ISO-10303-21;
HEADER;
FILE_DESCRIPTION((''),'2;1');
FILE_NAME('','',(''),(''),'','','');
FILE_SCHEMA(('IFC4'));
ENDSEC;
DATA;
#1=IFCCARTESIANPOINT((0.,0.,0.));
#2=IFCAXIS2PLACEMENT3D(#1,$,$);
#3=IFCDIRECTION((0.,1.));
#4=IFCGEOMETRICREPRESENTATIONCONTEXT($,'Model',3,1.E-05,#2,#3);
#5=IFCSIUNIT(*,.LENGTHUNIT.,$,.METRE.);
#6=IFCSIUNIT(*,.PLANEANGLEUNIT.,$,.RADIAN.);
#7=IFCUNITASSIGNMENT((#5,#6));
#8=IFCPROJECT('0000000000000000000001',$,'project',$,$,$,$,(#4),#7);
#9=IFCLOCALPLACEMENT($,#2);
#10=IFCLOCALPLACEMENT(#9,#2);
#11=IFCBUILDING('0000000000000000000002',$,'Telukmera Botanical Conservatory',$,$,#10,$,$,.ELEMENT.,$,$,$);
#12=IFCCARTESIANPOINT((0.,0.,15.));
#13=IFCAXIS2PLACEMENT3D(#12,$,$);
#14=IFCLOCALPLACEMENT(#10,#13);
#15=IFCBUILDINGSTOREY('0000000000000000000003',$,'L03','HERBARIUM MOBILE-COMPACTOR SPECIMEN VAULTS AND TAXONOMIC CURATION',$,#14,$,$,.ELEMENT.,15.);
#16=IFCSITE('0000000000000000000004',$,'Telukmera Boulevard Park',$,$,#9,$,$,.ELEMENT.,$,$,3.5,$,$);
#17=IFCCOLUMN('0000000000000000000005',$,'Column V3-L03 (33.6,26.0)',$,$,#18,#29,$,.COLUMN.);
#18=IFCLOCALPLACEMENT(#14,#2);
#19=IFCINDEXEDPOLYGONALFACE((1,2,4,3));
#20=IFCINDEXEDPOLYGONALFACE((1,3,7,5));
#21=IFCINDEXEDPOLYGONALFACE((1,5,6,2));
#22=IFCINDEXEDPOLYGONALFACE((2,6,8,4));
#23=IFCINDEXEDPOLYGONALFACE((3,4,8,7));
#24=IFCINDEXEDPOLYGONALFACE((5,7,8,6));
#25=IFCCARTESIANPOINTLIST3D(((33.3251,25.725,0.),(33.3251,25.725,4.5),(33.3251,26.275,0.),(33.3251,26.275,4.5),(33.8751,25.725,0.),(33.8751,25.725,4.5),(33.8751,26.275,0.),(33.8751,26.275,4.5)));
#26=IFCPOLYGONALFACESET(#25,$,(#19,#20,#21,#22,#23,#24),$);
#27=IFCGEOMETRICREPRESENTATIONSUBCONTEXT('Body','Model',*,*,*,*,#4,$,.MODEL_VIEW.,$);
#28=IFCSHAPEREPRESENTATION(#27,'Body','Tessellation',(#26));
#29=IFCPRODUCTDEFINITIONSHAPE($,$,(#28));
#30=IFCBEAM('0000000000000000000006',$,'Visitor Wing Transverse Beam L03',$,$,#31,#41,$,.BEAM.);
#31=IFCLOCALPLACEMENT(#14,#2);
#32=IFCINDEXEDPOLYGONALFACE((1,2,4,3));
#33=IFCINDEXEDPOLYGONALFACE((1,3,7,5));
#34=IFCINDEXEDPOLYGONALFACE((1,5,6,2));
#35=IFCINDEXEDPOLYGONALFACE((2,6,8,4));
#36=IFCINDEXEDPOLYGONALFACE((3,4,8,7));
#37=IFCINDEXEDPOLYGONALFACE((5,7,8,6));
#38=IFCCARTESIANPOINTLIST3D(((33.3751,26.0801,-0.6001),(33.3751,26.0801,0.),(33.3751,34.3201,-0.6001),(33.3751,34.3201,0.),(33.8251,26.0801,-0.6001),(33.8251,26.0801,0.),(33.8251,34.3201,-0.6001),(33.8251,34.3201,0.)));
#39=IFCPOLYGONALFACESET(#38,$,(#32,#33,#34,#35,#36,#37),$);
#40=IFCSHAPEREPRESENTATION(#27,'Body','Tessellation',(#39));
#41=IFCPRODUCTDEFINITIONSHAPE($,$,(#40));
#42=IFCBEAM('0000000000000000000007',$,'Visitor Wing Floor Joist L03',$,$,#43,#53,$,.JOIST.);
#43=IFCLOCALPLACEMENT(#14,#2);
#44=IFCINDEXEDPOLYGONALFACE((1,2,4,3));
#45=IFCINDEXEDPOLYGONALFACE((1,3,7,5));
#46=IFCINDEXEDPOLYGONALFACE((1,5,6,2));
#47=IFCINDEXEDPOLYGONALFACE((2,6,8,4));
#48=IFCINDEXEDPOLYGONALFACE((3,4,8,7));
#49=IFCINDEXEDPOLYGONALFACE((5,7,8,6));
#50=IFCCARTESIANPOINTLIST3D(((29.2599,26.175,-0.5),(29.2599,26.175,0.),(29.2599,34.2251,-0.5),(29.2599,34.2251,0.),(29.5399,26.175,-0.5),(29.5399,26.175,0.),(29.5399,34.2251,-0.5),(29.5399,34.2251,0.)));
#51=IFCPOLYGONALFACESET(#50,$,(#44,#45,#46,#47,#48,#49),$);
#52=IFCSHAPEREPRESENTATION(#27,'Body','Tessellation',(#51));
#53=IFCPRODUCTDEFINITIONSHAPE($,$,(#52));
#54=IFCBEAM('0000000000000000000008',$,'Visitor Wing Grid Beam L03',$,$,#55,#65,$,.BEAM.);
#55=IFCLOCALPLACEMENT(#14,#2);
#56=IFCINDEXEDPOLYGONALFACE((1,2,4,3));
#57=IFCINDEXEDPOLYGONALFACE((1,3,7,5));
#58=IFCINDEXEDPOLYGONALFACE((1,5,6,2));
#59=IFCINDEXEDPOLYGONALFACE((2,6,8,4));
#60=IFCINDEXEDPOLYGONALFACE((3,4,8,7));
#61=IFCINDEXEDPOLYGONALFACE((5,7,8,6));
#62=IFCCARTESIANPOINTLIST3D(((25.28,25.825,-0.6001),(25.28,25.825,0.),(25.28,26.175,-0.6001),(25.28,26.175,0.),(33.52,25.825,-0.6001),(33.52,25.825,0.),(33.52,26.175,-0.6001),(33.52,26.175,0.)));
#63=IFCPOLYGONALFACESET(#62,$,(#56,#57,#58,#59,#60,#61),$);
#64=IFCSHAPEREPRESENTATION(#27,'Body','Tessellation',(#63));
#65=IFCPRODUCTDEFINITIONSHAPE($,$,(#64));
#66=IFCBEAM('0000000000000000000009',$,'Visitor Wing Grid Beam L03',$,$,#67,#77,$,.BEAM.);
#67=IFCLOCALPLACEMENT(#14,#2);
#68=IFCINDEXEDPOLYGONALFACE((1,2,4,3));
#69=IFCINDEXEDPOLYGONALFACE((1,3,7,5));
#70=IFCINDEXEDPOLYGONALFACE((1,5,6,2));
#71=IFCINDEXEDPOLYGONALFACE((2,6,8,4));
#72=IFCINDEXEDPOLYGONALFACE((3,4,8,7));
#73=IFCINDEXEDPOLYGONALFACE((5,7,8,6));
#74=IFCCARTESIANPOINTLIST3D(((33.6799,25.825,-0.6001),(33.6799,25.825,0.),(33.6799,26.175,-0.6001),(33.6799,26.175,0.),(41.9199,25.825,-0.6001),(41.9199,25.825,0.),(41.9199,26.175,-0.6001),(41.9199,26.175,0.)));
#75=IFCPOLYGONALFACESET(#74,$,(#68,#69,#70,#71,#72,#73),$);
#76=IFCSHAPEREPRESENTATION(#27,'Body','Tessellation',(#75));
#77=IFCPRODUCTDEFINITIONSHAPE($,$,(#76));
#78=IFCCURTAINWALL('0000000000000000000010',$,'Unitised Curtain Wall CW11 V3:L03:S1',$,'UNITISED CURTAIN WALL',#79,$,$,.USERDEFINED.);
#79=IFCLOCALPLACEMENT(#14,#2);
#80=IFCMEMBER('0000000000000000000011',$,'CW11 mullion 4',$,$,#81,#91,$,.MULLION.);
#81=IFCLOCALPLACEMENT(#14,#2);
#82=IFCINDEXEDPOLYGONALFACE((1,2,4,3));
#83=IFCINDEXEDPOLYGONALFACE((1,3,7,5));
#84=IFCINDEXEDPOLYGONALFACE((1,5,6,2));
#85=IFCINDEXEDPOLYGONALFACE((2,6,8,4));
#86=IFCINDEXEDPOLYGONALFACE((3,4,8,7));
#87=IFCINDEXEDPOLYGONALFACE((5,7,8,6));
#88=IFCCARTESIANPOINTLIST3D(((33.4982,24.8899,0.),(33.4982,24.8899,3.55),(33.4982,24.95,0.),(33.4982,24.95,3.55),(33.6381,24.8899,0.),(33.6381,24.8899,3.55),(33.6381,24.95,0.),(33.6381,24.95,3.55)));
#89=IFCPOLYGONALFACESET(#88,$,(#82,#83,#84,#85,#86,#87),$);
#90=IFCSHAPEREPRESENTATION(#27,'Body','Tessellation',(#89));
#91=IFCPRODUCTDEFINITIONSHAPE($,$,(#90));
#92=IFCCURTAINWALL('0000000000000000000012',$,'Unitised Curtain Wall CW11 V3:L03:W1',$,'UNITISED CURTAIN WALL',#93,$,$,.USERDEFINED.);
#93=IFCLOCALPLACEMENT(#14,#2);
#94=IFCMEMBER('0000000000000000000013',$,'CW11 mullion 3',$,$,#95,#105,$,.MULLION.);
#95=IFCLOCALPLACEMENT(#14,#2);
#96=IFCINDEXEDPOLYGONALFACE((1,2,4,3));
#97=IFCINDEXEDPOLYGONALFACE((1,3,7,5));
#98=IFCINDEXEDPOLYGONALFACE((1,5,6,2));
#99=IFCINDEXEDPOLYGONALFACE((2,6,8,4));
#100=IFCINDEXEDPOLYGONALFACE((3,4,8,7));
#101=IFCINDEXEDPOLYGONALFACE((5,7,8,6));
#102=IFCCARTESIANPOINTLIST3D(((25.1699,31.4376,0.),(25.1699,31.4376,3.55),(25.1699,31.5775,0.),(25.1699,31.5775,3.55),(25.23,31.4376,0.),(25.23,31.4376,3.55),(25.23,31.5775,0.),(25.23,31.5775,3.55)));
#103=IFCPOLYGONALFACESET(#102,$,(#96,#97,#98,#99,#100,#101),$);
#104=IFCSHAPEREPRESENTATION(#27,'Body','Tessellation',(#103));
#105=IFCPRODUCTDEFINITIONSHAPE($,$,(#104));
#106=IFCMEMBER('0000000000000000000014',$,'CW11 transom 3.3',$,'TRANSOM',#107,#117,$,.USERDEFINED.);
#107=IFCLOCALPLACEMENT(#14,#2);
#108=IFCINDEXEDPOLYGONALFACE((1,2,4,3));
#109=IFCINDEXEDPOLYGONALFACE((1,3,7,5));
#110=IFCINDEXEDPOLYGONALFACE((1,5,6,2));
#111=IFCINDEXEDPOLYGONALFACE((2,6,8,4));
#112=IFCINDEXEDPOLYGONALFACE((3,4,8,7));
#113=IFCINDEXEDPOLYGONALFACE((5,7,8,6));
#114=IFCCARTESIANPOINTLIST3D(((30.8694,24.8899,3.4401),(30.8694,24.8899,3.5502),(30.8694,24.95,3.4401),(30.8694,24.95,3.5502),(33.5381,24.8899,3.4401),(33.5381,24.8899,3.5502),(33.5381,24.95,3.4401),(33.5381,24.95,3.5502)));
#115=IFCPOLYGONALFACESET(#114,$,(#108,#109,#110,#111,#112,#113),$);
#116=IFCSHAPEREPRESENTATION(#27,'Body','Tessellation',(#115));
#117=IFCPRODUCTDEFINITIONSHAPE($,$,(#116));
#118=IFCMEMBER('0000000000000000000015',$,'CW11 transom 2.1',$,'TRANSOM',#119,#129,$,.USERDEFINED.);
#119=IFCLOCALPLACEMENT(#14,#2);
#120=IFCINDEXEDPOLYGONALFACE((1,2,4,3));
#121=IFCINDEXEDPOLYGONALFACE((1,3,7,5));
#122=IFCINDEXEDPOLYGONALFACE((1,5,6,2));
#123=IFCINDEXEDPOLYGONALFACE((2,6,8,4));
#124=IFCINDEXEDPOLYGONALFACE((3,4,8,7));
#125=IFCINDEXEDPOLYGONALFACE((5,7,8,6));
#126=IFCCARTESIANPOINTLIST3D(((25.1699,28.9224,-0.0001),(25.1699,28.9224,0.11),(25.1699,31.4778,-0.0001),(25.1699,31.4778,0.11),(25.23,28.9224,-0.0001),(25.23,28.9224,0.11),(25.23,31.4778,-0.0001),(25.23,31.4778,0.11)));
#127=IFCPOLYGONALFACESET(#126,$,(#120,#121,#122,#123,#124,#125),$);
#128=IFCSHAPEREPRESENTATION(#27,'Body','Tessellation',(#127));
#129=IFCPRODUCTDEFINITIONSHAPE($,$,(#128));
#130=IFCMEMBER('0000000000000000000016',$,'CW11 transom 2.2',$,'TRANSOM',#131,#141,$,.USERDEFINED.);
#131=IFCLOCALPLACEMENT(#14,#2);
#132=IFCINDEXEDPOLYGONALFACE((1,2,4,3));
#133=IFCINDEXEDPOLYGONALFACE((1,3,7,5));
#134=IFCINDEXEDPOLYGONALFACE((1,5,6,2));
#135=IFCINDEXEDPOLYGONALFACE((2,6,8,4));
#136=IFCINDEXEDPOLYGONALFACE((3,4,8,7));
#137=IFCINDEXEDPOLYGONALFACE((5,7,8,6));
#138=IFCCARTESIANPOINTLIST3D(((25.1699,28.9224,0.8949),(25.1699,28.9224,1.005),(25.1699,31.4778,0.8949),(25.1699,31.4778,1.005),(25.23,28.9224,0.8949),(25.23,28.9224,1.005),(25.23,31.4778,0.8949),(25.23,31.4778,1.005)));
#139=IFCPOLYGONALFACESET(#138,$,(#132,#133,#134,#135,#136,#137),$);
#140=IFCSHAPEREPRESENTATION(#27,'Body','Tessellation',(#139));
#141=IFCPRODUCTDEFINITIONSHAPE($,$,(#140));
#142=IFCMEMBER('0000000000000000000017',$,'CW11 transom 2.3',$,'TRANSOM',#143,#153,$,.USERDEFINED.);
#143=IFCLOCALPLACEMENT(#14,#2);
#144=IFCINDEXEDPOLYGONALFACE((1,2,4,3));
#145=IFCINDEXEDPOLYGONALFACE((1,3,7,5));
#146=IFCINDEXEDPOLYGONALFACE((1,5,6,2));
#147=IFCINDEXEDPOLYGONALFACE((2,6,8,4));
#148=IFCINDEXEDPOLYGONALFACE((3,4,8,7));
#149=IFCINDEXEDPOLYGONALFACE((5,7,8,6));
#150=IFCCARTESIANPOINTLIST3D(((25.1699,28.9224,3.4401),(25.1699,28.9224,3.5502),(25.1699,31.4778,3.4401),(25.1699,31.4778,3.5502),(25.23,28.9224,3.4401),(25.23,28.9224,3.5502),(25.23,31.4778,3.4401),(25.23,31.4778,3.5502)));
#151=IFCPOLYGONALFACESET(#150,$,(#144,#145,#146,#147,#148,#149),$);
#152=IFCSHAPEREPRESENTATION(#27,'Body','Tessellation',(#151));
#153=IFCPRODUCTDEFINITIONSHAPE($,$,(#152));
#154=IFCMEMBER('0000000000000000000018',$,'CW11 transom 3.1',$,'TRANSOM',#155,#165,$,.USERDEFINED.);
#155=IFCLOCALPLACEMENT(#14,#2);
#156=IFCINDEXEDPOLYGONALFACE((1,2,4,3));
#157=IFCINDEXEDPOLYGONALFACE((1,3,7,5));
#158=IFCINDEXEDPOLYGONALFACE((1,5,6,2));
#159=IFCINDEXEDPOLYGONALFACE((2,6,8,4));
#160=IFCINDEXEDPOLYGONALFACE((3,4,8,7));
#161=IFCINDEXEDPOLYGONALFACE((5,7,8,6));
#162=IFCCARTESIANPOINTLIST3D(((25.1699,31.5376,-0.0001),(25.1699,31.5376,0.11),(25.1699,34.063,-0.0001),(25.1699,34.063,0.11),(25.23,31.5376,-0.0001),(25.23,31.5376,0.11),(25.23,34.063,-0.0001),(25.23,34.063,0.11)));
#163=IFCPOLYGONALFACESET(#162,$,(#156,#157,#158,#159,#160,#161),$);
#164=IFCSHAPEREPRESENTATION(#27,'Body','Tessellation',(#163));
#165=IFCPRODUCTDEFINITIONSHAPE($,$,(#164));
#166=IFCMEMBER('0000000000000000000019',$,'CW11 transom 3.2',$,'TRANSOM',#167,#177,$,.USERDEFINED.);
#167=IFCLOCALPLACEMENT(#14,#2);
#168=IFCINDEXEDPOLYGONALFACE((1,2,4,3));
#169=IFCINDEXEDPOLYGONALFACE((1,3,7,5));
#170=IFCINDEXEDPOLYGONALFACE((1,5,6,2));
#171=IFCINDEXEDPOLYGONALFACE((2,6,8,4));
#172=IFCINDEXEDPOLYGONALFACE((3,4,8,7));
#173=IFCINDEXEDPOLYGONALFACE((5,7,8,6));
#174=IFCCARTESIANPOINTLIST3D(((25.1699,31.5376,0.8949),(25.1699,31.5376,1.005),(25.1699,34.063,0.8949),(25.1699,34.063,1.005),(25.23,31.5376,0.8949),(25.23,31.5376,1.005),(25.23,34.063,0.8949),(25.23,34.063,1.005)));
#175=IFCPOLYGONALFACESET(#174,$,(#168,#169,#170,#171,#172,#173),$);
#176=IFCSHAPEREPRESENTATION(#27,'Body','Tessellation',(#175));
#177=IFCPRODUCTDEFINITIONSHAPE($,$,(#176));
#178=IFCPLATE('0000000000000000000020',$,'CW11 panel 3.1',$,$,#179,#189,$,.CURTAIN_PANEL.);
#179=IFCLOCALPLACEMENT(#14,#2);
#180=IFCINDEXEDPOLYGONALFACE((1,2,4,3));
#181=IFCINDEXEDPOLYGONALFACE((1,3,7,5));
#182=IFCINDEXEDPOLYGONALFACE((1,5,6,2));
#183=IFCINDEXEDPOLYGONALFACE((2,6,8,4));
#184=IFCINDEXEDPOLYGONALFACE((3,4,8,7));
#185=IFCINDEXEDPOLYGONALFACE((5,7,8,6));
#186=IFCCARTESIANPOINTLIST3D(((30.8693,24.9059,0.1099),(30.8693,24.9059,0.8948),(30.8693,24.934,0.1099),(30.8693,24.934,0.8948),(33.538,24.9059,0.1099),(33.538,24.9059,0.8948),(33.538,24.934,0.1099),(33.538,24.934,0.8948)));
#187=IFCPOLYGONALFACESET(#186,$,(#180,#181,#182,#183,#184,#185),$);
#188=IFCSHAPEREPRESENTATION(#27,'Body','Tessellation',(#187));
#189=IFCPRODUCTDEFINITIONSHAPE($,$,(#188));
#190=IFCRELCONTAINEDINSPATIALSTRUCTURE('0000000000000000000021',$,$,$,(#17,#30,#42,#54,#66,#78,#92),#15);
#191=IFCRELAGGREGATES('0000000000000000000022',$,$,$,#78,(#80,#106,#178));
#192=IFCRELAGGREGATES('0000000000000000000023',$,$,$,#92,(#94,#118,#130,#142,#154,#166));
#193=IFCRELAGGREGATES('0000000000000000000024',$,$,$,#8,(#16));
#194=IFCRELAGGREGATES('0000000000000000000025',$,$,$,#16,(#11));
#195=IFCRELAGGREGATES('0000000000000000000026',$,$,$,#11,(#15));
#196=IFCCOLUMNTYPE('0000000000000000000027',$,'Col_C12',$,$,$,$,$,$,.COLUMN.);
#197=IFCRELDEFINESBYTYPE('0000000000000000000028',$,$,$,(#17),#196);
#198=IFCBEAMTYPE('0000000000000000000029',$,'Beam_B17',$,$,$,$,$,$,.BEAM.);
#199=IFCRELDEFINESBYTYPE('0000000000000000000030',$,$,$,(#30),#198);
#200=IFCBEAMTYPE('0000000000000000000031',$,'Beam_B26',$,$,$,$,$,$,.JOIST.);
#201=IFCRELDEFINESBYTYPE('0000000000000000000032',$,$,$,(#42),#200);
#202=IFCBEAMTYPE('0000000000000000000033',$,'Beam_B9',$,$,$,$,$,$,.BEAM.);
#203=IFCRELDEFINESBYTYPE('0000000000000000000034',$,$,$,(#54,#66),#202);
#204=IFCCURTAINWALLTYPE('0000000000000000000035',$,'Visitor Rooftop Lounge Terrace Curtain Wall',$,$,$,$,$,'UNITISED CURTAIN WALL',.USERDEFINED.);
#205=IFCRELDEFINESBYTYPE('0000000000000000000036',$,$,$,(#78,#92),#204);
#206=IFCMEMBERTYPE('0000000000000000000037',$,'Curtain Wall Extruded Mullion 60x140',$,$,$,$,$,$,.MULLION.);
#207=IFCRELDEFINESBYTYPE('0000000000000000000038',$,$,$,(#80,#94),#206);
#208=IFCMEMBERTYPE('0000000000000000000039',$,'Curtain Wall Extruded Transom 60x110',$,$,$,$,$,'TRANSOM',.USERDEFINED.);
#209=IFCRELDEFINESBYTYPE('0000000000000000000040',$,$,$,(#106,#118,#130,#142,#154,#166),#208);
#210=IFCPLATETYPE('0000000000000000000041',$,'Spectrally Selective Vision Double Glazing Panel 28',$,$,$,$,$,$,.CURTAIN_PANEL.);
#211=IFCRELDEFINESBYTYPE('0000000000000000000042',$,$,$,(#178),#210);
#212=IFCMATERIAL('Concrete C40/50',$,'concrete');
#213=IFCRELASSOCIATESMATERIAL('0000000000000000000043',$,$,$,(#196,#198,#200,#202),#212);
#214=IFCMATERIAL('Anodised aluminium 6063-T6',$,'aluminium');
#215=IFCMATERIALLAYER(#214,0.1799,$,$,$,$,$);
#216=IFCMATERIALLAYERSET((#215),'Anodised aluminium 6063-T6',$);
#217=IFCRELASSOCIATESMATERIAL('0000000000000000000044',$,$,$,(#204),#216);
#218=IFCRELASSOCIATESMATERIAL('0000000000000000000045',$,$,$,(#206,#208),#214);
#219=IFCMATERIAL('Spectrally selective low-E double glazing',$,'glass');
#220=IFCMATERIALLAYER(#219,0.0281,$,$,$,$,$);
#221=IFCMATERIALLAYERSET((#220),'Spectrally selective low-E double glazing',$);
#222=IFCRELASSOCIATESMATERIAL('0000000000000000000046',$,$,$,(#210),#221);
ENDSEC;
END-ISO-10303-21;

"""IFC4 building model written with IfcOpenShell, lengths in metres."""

from ifc_helpers import new_model, si_unit, direction, frame, origin, origin_2d, place, context, subcontext, project, spatial, rectangle, extrude, material, layer, layer_set, material_profile, profile_set, type_object, element, aggregate, save


model = new_model("IFC4")

# Units and contexts
model_context = context("Model", 3, precision=1e-05, world=origin(), true_north=direction((0.0, 1.0)))
body_context = subcontext(model_context, "Body", "Model", "MODEL_VIEW")
ifc_project = project(units=[si_unit("LENGTHUNIT", "METRE"), si_unit("PLANEANGLEUNIT", "RADIAN")], contexts=[model_context])

# Site, building, storey
site_placement = place(None, origin())
site = spatial("IfcSite", under=ifc_project, at=site_placement, Name="Telukmera Boulevard Park", CompositionType="ELEMENT", RefElevation=3.5)
building_placement = place(site_placement, origin())
building = spatial("IfcBuilding", under=site, at=building_placement, Name="Telukmera Botanical Conservatory", CompositionType="ELEMENT")
storey_placement = place(building_placement, frame((0.0, 0.0, 15.0)))
storey = spatial("IfcBuildingStorey", under=building, at=storey_placement, Name="L03", Description="HERBARIUM MOBILE-COMPACTOR SPECIMEN VAULTS AND TAXONOMIC CURATION", CompositionType="ELEMENT", Elevation=15.0)

# Column
ifc_material_1 = material(Name="Concrete C40/50", Category="concrete")
ifc_material_profile_1 = material_profile(ifc_material_1, rectangle(XDim=0.55, YDim=0.55, at=origin_2d()), Name="RC 550x550")
ifc_profile_set_1 = profile_set([ifc_material_profile_1], Name="Concrete C40/50")
column_type = type_object("IfcColumnType", Name="Col_C12", PredefinedType="COLUMN", material=ifc_profile_set_1)
column_placement = place(storey_placement, frame((33.6001, 26.0, 0.0), z_axis=(0.0, 0.0, 1.0), x_axis=(1.0, 0.0, 0.0)))
element("IfcColumn", 1, at=column_placement, inside=storey, type_object=column_type, Name="Column V3-L03 (33.6,26.0)", PredefinedType="COLUMN", context=body_context, shape_type="SweptSolid", body=[
    extrude(rectangle(XDim=0.55, YDim=0.55, at=origin_2d()), origin(), (0.0, 0.0, 1.0), 4.5),
])

# Beams
ifc_material_profile_2 = material_profile(ifc_material_1, rectangle(XDim=0.45, YDim=0.6001, at=origin_2d()), Name="RC 450x600")
ifc_profile_set_2 = profile_set([ifc_material_profile_2], Name="Concrete C40/50")
beam_type_1 = type_object("IfcBeamType", Name="Beam_B17", PredefinedType="BEAM", material=ifc_profile_set_2)
beam_1_placement = place(storey_placement, frame((33.6001, 26.0801, -0.3), z_axis=(0.0, 1.0, 0.0), x_axis=(-1.0, 0.0, 0.0)))
element("IfcBeam", 2, at=beam_1_placement, inside=storey, type_object=beam_type_1, Name="Visitor Wing Transverse Beam L03", PredefinedType="BEAM", context=body_context, shape_type="SweptSolid", body=[
    extrude(rectangle(XDim=0.45, YDim=0.6001, at=origin_2d()), origin(), (0.0, 0.0, 1.0), 8.24),
])
ifc_material_profile_3 = material_profile(ifc_material_1, rectangle(XDim=0.28, YDim=0.5, at=origin_2d()), Name="RC 280x500")
ifc_profile_set_3 = profile_set([ifc_material_profile_3], Name="Concrete C40/50")
beam_type_2 = type_object("IfcBeamType", Name="Beam_B26", PredefinedType="JOIST", material=ifc_profile_set_3)
beam_2_placement = place(storey_placement, frame((29.3999, 26.175, -0.25), z_axis=(0.0, 1.0, 0.0), x_axis=(-1.0, 0.0, 0.0)))
element("IfcBeam", 3, at=beam_2_placement, inside=storey, type_object=beam_type_2, Name="Visitor Wing Floor Joist L03", PredefinedType="JOIST", context=body_context, shape_type="SweptSolid", body=[
    extrude(rectangle(XDim=0.28, YDim=0.5, at=origin_2d()), origin(), (0.0, 0.0, 1.0), 8.05),
])
ifc_material_profile_4 = material_profile(ifc_material_1, rectangle(XDim=0.3501, YDim=0.6001, at=origin_2d()), Name="RC 350x600")
ifc_profile_set_4 = profile_set([ifc_material_profile_4], Name="Concrete C40/50")
beam_type_3 = type_object("IfcBeamType", Name="Beam_B9", PredefinedType="BEAM", material=ifc_profile_set_4)
for number, where, z_axis, x_axis, name in (
    (4, (25.28, 26.0, -0.3), (1.0, 0.0, 0.0), (0.0, 1.0, 0.0), "Visitor Wing Grid Beam L03"),
    (5, (33.6799, 26.0, -0.3), (1.0, 0.0, 0.0), (0.0, 1.0, 0.0), "Visitor Wing Grid Beam L03"),
):
    element("IfcBeam", number, at=place(storey_placement, frame(where, z_axis=z_axis, x_axis=x_axis)), inside=storey, type_object=beam_type_3, Name=name, PredefinedType="BEAM", context=body_context, shape_type="SweptSolid", body=[
        extrude(rectangle(XDim=0.3501, YDim=0.6001, at=origin_2d()), origin(), (0.0, 0.0, 1.0), 8.24),
    ])

# Curtain walls, members
ifc_material_2 = material(Name="Anodised aluminium 6063-T6", Category="aluminium")
ifc_layer_1 = layer(ifc_material_2, 0.1799)
ifc_layer_set_1 = layer_set([ifc_layer_1], Name="Anodised aluminium 6063-T6")
curtain_wall_type = type_object("IfcCurtainWallType", Name="Visitor Rooftop Lounge Terrace Curtain Wall", ElementType="UNITISED CURTAIN WALL", PredefinedType="USERDEFINED", material=ifc_layer_set_1)
curtain_wall_1_placement = place(storey_placement, origin())
curtain_wall_1 = element("IfcCurtainWall", 6, at=curtain_wall_1_placement, inside=storey, type_object=curtain_wall_type, Name="Unitised Curtain Wall CW11 V3:L03:S1", ObjectType="UNITISED CURTAIN WALL", PredefinedType="USERDEFINED")
ifc_material_profile_5 = material_profile(ifc_material_2, rectangle(XDim=0.0601, YDim=0.1399, at=origin_2d()), Name="ALU MULL 60x140")
ifc_profile_set_5 = profile_set([ifc_material_profile_5], Name="Anodised aluminium 6063-T6")
member_type_1 = type_object("IfcMemberType", Name="Curtain Wall Extruded Mullion 60x140", PredefinedType="MULLION", material=ifc_profile_set_5)
member_1_placement = place(storey_placement, frame((33.5681, 24.9199, 0.0), z_axis=(0.0, 0.0, 1.0), x_axis=(0.0, 1.0, 0.0)))
member_1 = element("IfcMember", 7, at=member_1_placement, type_object=member_type_1, Name="CW11 mullion 4", PredefinedType="MULLION", context=body_context, shape_type="SweptSolid", body=[
    extrude(rectangle(XDim=0.0601, YDim=0.1399, at=origin_2d()), origin(), (0.0, 0.0, 1.0), 3.55),
])
curtain_wall_2_placement = place(storey_placement, origin())
curtain_wall_2 = element("IfcCurtainWall", 8, at=curtain_wall_2_placement, inside=storey, type_object=curtain_wall_type, Name="Unitised Curtain Wall CW11 V3:L03:W1", ObjectType="UNITISED CURTAIN WALL", PredefinedType="USERDEFINED")
member_2_placement = place(storey_placement, frame((25.2, 31.5076, 0.0), z_axis=(0.0, 0.0, 1.0), x_axis=(-1.0, 0.0, 0.0)))
member_2 = element("IfcMember", 9, at=member_2_placement, type_object=member_type_1, Name="CW11 mullion 3", PredefinedType="MULLION", context=body_context, shape_type="SweptSolid", body=[
    extrude(rectangle(XDim=0.0601, YDim=0.1399, at=origin_2d()), origin(), (0.0, 0.0, 1.0), 3.55),
])

# Members
ifc_material_profile_6 = material_profile(ifc_material_2, rectangle(XDim=0.0601, YDim=0.1101, at=origin_2d()), Name="ALU TRAN 60x110")
ifc_profile_set_6 = profile_set([ifc_material_profile_6], Name="Anodised aluminium 6063-T6")
member_type_2 = type_object("IfcMemberType", Name="Curtain Wall Extruded Transom 60x110", ElementType="TRANSOM", PredefinedType="USERDEFINED", material=ifc_profile_set_6)
member_3_placement = place(storey_placement, frame((30.8694, 24.9199, 3.4951), z_axis=(1.0, 0.0, 0.0), x_axis=(0.0, 1.0, 0.0)))
member_3 = element("IfcMember", 10, at=member_3_placement, type_object=member_type_2, Name="CW11 transom 3.3", ObjectType="TRANSOM", PredefinedType="USERDEFINED", context=body_context, shape_type="SweptSolid", body=[
    extrude(rectangle(XDim=0.0601, YDim=0.1101, at=origin_2d()), origin(), (0.0, 0.0, 1.0), 2.6687),
])
member_4_placement = place(storey_placement, frame((25.2, 28.9224, 0.0549), z_axis=(0.0, 1.0, 0.0), x_axis=(-1.0, 0.0, 0.0)))
member_4 = element("IfcMember", 11, at=member_4_placement, type_object=member_type_2, Name="CW11 transom 2.1", ObjectType="TRANSOM", PredefinedType="USERDEFINED", context=body_context, shape_type="SweptSolid", body=[
    extrude(rectangle(XDim=0.0601, YDim=0.1101, at=origin_2d()), origin(), (0.0, 0.0, 1.0), 2.5554),
])
member_5_placement = place(storey_placement, frame((25.2, 28.9224, 0.95), z_axis=(0.0, 1.0, 0.0), x_axis=(-1.0, 0.0, 0.0)))
member_5 = element("IfcMember", 12, at=member_5_placement, type_object=member_type_2, Name="CW11 transom 2.2", ObjectType="TRANSOM", PredefinedType="USERDEFINED", context=body_context, shape_type="SweptSolid", body=[
    extrude(rectangle(XDim=0.0601, YDim=0.1101, at=origin_2d()), origin(), (0.0, 0.0, 1.0), 2.5554),
])
member_6_placement = place(storey_placement, frame((25.2, 28.9224, 3.4951), z_axis=(0.0, 1.0, 0.0), x_axis=(-1.0, 0.0, 0.0)))
member_6 = element("IfcMember", 13, at=member_6_placement, type_object=member_type_2, Name="CW11 transom 2.3", ObjectType="TRANSOM", PredefinedType="USERDEFINED", context=body_context, shape_type="SweptSolid", body=[
    extrude(rectangle(XDim=0.0601, YDim=0.1101, at=origin_2d()), origin(), (0.0, 0.0, 1.0), 2.5554),
])
member_7_placement = place(storey_placement, frame((25.2, 31.5376, 0.0549), z_axis=(0.0, 1.0, 0.0), x_axis=(-1.0, 0.0, 0.0)))
member_7 = element("IfcMember", 14, at=member_7_placement, type_object=member_type_2, Name="CW11 transom 3.1", ObjectType="TRANSOM", PredefinedType="USERDEFINED", context=body_context, shape_type="SweptSolid", body=[
    extrude(rectangle(XDim=0.0601, YDim=0.1101, at=origin_2d()), origin(), (0.0, 0.0, 1.0), 2.5254),
])
member_8_placement = place(storey_placement, frame((25.2, 31.5376, 0.95), z_axis=(0.0, 1.0, 0.0), x_axis=(-1.0, 0.0, 0.0)))
member_8 = element("IfcMember", 15, at=member_8_placement, type_object=member_type_2, Name="CW11 transom 3.2", ObjectType="TRANSOM", PredefinedType="USERDEFINED", context=body_context, shape_type="SweptSolid", body=[
    extrude(rectangle(XDim=0.0601, YDim=0.1101, at=origin_2d()), origin(), (0.0, 0.0, 1.0), 2.5254),
])

# Plate
ifc_material_3 = material(Name="Spectrally selective low-E double glazing", Category="glass")
ifc_layer_2 = layer(ifc_material_3, 0.0281)
ifc_layer_set_2 = layer_set([ifc_layer_2], Name="Spectrally selective low-E double glazing")
plate_type = type_object("IfcPlateType", Name="Spectrally Selective Vision Double Glazing Panel 28", PredefinedType="CURTAIN_PANEL", material=ifc_layer_set_2)
plate_1_placement = place(storey_placement, frame((32.2036, 24.9199, 0.1099), z_axis=(0.0, 0.0, 1.0), x_axis=(1.0, 0.0, 0.0)))
plate_1 = element("IfcPlate", 16, at=plate_1_placement, type_object=plate_type, Name="CW11 panel 3.1", PredefinedType="CURTAIN_PANEL", context=body_context, shape_type="SweptSolid", body=[
    extrude(rectangle(XDim=2.6687, YDim=0.0281, at=origin_2d()), origin(), (0.0, 0.0, 1.0), 0.7849),
])
aggregate(curtain_wall_1, [member_1, member_3, plate_1])
aggregate(curtain_wall_2, [member_2, member_4, member_5, member_6, member_7, member_8])

save(model, "model.ifc")
